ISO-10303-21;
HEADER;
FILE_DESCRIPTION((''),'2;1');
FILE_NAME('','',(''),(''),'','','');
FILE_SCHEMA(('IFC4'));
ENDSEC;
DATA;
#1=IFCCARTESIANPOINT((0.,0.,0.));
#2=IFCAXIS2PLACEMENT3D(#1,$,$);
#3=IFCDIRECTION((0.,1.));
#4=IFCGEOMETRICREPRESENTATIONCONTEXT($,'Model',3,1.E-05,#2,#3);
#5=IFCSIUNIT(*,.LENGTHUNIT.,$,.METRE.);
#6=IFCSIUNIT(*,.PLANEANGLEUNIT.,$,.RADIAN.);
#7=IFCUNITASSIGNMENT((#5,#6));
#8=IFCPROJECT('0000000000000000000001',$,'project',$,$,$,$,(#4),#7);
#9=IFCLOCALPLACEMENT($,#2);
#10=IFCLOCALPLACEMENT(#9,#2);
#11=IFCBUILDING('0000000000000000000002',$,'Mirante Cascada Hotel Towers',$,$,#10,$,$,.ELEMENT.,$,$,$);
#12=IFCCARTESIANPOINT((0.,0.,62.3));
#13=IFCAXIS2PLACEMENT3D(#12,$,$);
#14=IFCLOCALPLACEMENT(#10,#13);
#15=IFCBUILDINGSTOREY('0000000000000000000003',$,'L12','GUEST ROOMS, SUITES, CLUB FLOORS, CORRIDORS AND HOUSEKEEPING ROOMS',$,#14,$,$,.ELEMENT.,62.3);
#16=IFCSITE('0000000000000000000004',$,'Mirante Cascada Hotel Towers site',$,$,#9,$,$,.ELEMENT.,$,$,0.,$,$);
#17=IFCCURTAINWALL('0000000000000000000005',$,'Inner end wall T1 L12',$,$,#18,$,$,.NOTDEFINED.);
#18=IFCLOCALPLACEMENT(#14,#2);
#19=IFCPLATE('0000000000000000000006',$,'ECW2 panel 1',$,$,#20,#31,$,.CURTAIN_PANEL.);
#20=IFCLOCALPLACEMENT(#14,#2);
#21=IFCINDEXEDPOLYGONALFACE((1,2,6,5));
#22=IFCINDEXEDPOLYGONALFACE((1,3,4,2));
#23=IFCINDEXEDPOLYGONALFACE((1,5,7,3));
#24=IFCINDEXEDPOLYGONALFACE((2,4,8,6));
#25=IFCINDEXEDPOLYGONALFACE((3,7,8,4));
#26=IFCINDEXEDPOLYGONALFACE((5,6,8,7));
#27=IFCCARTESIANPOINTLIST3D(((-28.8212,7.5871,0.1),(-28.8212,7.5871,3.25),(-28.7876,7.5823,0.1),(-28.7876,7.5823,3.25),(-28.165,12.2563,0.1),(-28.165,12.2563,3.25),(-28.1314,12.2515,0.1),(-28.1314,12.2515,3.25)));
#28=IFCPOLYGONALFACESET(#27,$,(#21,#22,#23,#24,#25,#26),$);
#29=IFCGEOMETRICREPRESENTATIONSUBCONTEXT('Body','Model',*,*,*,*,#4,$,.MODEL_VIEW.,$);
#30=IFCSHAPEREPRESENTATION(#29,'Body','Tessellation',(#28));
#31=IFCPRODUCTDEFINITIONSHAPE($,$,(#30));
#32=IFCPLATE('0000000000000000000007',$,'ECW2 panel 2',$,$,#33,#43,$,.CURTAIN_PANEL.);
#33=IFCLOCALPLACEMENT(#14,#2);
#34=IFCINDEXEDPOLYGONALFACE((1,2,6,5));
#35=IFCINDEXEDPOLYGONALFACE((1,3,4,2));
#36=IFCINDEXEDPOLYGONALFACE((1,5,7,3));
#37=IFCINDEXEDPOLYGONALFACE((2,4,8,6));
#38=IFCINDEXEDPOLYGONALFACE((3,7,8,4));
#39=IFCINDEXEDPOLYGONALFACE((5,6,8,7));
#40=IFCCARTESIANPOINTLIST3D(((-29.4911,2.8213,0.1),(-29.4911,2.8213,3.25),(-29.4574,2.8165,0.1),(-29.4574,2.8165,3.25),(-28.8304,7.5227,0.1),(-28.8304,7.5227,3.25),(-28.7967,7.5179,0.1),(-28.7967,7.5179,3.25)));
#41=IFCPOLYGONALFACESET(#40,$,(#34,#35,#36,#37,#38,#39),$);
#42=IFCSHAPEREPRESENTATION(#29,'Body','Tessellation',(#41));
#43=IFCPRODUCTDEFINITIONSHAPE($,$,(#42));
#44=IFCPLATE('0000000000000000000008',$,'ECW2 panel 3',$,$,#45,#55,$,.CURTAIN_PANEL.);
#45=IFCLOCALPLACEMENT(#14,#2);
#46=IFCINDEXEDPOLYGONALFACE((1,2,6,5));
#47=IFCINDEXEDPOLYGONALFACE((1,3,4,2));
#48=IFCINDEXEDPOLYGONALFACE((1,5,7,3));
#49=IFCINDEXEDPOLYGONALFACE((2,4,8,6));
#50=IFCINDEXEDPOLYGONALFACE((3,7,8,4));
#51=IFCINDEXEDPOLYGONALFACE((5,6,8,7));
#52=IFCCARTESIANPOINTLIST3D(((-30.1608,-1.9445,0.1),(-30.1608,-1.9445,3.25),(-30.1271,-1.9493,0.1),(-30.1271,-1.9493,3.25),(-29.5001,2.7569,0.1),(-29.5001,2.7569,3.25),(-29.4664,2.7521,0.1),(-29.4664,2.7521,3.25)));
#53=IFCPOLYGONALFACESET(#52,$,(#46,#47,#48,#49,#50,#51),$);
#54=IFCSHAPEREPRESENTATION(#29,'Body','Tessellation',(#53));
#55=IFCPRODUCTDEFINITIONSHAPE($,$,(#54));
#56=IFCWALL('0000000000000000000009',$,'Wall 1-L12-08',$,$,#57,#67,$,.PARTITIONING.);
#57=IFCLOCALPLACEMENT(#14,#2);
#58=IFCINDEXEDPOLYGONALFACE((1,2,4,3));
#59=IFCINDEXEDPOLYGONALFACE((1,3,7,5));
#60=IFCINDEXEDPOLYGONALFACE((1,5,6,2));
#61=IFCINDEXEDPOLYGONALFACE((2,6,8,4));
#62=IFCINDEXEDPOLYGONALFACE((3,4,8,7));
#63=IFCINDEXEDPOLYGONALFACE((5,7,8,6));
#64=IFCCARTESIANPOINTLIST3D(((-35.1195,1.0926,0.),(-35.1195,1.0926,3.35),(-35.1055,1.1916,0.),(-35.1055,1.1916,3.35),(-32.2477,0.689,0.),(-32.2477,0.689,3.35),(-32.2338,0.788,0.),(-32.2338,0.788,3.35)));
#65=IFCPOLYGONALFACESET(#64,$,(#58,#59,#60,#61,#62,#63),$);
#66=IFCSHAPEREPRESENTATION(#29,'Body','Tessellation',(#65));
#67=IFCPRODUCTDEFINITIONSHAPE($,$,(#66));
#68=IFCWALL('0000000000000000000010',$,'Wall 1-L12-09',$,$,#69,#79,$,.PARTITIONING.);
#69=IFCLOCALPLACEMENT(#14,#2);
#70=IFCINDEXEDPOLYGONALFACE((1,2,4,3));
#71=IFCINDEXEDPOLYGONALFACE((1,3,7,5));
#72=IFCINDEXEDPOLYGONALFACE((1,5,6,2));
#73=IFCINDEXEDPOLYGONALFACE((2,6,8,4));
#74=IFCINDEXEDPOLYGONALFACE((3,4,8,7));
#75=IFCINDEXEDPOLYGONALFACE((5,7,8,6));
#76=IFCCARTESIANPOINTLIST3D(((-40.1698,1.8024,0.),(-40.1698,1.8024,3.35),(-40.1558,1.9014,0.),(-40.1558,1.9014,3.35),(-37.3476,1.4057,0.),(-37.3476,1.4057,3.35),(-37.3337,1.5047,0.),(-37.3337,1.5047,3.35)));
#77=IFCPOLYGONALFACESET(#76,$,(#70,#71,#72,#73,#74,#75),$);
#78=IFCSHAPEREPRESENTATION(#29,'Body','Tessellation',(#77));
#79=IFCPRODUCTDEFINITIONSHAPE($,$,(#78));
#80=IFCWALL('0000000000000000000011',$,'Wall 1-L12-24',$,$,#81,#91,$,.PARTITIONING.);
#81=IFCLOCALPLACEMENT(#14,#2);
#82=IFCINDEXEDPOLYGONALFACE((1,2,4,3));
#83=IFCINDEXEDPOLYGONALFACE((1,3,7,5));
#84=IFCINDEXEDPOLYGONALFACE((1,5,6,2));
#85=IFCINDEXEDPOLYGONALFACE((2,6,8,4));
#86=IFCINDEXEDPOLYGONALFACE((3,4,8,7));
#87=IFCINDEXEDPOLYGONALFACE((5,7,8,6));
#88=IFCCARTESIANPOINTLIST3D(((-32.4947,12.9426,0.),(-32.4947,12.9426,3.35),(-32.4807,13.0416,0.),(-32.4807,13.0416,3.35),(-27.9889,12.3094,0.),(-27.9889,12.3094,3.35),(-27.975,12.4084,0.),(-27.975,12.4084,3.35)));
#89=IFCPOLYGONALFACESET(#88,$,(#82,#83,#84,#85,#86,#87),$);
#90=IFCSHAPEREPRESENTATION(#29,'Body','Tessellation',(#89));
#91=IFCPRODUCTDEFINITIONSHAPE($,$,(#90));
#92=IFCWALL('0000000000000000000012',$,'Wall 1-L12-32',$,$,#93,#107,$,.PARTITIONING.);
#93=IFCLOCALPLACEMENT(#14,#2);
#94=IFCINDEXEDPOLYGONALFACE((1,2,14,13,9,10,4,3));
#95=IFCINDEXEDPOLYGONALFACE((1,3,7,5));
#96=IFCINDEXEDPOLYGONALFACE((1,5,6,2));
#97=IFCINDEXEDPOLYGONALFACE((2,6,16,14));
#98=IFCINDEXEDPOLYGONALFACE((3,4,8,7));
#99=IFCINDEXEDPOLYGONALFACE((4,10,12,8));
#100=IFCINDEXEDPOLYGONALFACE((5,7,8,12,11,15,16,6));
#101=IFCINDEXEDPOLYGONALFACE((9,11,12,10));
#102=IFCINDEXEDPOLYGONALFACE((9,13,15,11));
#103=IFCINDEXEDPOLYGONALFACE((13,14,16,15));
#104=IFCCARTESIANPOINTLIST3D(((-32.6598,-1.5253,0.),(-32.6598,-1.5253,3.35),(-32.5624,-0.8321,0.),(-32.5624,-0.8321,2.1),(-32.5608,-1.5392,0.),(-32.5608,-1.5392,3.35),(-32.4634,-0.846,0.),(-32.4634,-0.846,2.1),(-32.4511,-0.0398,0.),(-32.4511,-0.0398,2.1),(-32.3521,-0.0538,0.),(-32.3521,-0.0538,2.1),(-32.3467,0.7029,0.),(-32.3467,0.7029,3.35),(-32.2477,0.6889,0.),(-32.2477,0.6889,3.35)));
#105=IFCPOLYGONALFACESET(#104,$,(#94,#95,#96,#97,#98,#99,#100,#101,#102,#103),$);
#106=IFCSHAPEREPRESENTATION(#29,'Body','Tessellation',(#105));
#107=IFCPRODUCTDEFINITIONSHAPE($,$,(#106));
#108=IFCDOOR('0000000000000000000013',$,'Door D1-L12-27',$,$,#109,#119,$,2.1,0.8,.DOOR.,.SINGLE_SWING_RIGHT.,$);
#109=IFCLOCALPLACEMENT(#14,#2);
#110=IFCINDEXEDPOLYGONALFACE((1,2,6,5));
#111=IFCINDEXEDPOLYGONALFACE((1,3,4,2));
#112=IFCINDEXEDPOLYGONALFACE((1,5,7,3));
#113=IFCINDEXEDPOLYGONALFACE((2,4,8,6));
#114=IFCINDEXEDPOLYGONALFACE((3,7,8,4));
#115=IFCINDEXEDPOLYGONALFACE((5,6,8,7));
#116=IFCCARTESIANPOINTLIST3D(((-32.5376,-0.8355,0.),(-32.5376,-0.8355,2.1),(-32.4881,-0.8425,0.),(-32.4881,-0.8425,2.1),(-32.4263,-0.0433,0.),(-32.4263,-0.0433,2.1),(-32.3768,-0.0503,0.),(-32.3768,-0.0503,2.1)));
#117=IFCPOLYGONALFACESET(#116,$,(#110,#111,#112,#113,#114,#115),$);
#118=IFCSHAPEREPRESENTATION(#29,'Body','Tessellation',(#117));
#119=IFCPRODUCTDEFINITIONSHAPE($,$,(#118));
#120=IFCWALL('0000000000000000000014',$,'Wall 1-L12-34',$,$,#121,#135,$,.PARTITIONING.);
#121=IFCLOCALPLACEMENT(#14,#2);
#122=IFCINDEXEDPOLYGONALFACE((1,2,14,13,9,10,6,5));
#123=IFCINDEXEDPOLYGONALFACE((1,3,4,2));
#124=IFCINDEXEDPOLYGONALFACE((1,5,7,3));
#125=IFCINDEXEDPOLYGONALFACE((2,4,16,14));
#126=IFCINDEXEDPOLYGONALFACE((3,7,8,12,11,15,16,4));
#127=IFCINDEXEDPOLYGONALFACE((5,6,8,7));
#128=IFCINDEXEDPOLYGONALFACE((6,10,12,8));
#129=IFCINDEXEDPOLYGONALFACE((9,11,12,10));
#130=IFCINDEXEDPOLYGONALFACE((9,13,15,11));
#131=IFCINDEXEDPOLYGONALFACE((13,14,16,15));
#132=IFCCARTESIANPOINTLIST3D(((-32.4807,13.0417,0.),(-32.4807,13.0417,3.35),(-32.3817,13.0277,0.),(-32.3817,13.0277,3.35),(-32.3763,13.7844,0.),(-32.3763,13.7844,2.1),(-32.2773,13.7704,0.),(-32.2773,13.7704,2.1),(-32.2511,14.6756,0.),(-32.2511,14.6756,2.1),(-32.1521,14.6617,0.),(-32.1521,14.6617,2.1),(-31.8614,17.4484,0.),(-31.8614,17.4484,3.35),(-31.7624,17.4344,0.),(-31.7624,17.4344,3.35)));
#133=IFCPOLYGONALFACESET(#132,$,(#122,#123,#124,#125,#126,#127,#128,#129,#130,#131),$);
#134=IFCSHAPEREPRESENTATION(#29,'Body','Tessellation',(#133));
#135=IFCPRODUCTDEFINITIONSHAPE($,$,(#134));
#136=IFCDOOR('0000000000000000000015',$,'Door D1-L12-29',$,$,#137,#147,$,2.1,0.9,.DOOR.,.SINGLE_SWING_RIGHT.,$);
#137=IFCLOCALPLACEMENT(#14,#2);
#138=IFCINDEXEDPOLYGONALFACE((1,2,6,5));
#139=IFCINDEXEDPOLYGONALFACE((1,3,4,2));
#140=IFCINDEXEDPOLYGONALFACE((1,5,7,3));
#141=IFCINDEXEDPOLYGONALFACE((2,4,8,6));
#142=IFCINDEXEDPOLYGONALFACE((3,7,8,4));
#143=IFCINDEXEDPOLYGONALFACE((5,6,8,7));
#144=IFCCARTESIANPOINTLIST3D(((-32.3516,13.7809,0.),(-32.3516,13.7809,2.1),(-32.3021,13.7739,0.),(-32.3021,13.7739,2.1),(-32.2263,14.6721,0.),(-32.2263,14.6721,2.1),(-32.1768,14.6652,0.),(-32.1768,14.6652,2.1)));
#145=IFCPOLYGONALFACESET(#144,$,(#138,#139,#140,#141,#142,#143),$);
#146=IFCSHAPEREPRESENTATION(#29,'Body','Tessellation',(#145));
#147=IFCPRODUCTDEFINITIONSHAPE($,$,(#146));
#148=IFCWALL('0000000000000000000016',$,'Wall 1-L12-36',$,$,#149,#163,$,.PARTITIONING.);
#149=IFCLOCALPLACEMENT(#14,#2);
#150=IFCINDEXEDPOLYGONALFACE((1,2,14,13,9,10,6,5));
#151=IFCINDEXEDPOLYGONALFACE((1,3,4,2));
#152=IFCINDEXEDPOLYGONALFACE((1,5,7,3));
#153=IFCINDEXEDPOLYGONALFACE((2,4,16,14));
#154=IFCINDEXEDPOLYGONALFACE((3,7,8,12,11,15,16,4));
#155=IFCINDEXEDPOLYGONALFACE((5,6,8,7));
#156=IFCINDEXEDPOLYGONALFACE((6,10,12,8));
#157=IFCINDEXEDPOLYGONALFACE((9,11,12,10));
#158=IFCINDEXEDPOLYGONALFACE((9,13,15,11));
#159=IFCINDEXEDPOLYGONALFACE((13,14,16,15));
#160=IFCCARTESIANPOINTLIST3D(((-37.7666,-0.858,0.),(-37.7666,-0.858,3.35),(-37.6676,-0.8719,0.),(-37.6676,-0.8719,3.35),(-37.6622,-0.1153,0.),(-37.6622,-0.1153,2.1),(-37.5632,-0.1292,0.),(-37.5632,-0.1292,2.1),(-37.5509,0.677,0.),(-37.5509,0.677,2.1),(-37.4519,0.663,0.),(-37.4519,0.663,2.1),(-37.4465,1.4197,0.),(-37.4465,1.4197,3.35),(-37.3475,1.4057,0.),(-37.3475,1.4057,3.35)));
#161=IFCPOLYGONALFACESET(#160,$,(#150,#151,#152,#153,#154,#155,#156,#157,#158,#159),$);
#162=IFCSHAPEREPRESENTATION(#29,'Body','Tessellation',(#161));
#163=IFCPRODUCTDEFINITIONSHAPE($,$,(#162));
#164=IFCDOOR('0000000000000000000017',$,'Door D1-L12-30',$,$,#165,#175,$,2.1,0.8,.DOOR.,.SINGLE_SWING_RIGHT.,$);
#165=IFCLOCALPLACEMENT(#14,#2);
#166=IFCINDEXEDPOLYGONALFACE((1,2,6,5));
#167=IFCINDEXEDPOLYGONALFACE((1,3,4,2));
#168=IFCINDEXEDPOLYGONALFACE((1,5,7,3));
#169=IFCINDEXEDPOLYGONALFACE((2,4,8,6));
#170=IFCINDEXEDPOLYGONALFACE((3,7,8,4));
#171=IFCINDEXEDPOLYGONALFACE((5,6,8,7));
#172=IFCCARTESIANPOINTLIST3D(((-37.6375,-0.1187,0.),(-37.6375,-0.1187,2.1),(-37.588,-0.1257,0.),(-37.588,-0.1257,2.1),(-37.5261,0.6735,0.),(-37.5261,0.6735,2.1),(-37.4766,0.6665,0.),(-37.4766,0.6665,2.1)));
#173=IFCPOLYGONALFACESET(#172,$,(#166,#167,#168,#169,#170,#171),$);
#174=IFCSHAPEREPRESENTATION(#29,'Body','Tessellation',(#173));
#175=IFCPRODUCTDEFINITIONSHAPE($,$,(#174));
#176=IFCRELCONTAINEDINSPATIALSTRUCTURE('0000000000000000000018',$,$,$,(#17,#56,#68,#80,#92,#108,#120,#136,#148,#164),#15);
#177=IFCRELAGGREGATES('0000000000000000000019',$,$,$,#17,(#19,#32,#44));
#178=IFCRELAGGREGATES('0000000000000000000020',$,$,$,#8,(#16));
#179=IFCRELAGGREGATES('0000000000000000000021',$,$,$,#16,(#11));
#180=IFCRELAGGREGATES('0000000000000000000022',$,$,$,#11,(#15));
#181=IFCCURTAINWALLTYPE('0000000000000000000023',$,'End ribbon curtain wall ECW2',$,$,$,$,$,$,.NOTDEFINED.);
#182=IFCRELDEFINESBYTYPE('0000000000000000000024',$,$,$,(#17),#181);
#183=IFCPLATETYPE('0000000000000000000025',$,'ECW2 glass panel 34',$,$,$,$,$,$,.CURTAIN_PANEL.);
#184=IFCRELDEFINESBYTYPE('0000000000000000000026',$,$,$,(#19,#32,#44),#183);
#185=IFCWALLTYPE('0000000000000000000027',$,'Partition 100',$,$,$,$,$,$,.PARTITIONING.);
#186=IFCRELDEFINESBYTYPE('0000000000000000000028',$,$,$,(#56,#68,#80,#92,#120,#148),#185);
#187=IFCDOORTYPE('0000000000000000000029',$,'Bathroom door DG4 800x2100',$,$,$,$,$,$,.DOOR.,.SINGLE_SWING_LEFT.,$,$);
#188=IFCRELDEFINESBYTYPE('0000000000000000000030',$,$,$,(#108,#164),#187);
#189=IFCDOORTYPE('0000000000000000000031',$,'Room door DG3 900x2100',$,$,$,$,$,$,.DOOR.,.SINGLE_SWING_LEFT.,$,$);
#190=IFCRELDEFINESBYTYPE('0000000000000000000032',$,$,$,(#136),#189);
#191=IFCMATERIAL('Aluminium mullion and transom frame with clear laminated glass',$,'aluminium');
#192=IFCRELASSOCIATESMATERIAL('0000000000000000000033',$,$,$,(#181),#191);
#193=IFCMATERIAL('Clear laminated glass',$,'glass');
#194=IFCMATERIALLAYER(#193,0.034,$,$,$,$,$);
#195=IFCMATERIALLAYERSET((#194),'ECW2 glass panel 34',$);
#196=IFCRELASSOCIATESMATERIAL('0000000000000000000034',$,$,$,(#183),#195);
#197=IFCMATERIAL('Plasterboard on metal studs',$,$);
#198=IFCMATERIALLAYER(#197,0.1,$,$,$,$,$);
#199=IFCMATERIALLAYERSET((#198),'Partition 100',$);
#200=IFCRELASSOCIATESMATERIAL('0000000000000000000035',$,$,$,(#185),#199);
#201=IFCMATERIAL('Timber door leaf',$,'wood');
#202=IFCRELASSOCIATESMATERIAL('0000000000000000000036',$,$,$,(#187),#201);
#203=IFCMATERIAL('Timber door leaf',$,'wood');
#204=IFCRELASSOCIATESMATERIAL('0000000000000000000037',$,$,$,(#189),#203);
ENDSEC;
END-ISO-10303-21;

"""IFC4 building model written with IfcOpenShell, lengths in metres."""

from ifc_helpers import new_model, si_unit, direction, frame, frame_2d, origin, origin_2d, place, context, subcontext, project, spatial, rectangle, extrude, material, layer, layer_set, type_object, element, fill, aggregate, save


model = new_model("IFC4")

# Units and contexts
model_context = context("Model", 3, precision=1e-05, world=origin(), true_north=direction((0.0, 1.0)))
body_context = subcontext(model_context, "Body", "Model", "MODEL_VIEW")
ifc_project = project(units=[si_unit("LENGTHUNIT", "METRE"), si_unit("PLANEANGLEUNIT", "RADIAN")], contexts=[model_context])

# Site, building, storey
site_placement = place(None, origin())
site = spatial("IfcSite", under=ifc_project, at=site_placement, Name="Mirante Cascada Hotel Towers site", CompositionType="ELEMENT", RefElevation=0.0)
building_placement = place(site_placement, origin())
building = spatial("IfcBuilding", under=site, at=building_placement, Name="Mirante Cascada Hotel Towers", CompositionType="ELEMENT")
storey_placement = place(building_placement, frame((0.0, 0.0, 62.3)))
storey = spatial("IfcBuildingStorey", under=building, at=storey_placement, Name="L12", Description="GUEST ROOMS, SUITES, CLUB FLOORS, CORRIDORS AND HOUSEKEEPING ROOMS", CompositionType="ELEMENT", Elevation=62.3)

# Curtain wall
ifc_material_1 = material(Name="Aluminium mullion and transom frame with clear laminated glass", Category="aluminium")
curtain_wall_type_1 = type_object("IfcCurtainWallType", Name="End ribbon curtain wall ECW2", PredefinedType="NOTDEFINED", material=ifc_material_1)
curtain_wall_1_placement = place(storey_placement, origin())
curtain_wall_1 = element("IfcCurtainWall", 1, at=curtain_wall_1_placement, inside=storey, type_object=curtain_wall_type_1, Name="Inner end wall T1 L12", PredefinedType="NOTDEFINED")

# Plates
ifc_material_2 = material(Name="Clear laminated glass", Category="glass")
ifc_layer_1 = layer(ifc_material_2, 0.034)
ifc_layer_set_1 = layer_set([ifc_layer_1], Name="ECW2 glass panel 34")
plate_type_1 = type_object("IfcPlateType", Name="ECW2 glass panel 34", PredefinedType="CURTAIN_PANEL", material=ifc_layer_set_1)
plate_1_placement = place(storey_placement, frame((-28.4763, 9.9193, 0.1), z_axis=(0.0, 0.0, 1.0), x_axis=(-0.139173, -0.990268, 0.0)))
plate_1 = element("IfcPlate", 2, at=plate_1_placement, type_object=plate_type_1, Name="ECW2 panel 1", PredefinedType="CURTAIN_PANEL", context=body_context, shape_type="SweptSolid", body=[
    extrude(rectangle(XDim=4.7151, YDim=0.034, at=origin_2d()), origin(), (0.0, 0.0, 1.0), 3.15),
])
plate_2_placement = place(storey_placement, frame((-29.1439, 5.1696, 0.1), z_axis=(0.0, 0.0, 1.0), x_axis=(-0.139173, -0.990268, 0.0)))
plate_2 = element("IfcPlate", 3, at=plate_2_placement, type_object=plate_type_1, Name="ECW2 panel 2", PredefinedType="CURTAIN_PANEL", context=body_context, shape_type="SweptSolid", body=[
    extrude(rectangle(XDim=4.7476, YDim=0.034, at=origin_2d()), origin(), (0.0, 0.0, 1.0), 3.15),
])
plate_3_placement = place(storey_placement, frame((-29.8136, 0.4038, 0.1), z_axis=(0.0, 0.0, 1.0), x_axis=(-0.139173, -0.990268, 0.0)))
plate_3 = element("IfcPlate", 4, at=plate_3_placement, type_object=plate_type_1, Name="ECW2 panel 3", PredefinedType="CURTAIN_PANEL", context=body_context, shape_type="SweptSolid", body=[
    extrude(rectangle(XDim=4.7476, YDim=0.034, at=origin_2d()), origin(), (0.0, 0.0, 1.0), 3.15),
])
aggregate(curtain_wall_1, [plate_1, plate_2, plate_3])

# Walls
ifc_material_3 = material(Name="Plasterboard on metal studs")
ifc_layer_2 = layer(ifc_material_3, 0.1)
ifc_layer_set_2 = layer_set([ifc_layer_2], Name="Partition 100")
wall_type_1 = type_object("IfcWallType", Name="Partition 100", PredefinedType="PARTITIONING", material=ifc_layer_set_2)
wall_1_placement = place(storey_placement, frame((-35.1125, 1.1421, 0.0), z_axis=(0.0, 0.0, 1.0), x_axis=(0.990268, -0.139171, 0.0)))
element("IfcWall", 5, at=wall_1_placement, inside=storey, type_object=wall_type_1, Name="Wall 1-L12-08", PredefinedType="PARTITIONING", context=body_context, shape_type="SweptSolid", body=[
    extrude(rectangle(XDim=2.9, YDim=0.1, at=frame_2d((1.45, 0.0))), origin(), (0.0, 0.0, 1.0), 3.35),
])
wall_2_placement = place(storey_placement, frame((-37.3406, 1.4552, 0.0), z_axis=(0.0, 0.0, 1.0), x_axis=(-0.990265, 0.139196, 0.0)))
element("IfcWall", 6, at=wall_2_placement, inside=storey, type_object=wall_type_1, Name="Wall 1-L12-09", PredefinedType="PARTITIONING", context=body_context, shape_type="SweptSolid", body=[
    extrude(rectangle(XDim=2.8499, YDim=0.1, at=frame_2d((1.425, 0.0))), origin(), (0.0, 0.0, 1.0), 3.35),
])
wall_3_placement = place(storey_placement, frame((-32.4877, 12.9921, 0.0), z_axis=(0.0, 0.0, 1.0), x_axis=(0.990269, -0.139166, 0.0)))
element("IfcWall", 7, at=wall_3_placement, inside=storey, type_object=wall_type_1, Name="Wall 1-L12-24", PredefinedType="PARTITIONING", context=body_context, shape_type="SweptSolid", body=[
    extrude(rectangle(XDim=4.55, YDim=0.1, at=frame_2d((2.275, 0.0))), origin(), (0.0, 0.0, 1.0), 3.35),
])

# Walls, openings, doors
wall_4_placement = place(storey_placement, frame((-32.2972, 0.6959, 0.0), z_axis=(0.0, 0.0, 1.0), x_axis=(-0.139156, -0.990271, 0.0)))
wall_4 = element("IfcWall", 8, at=wall_4_placement, inside=storey, type_object=wall_type_1, Name="Wall 1-L12-32", PredefinedType="PARTITIONING", context=body_context, shape_type="SweptSolid", body=[
    extrude(rectangle(XDim=2.25, YDim=0.1, at=frame_2d((1.125, 0.0))), origin(), (0.0, 0.0, 1.0), 3.35),
])
opening_1_placement = place(wall_4_placement, frame((0.75, 0.0, 0.0)))
opening_1 = element("IfcOpeningElement", 9, at=opening_1_placement, cuts=wall_4, PredefinedType="OPENING", context=body_context, shape_type="SweptSolid", body=[
    extrude(rectangle(XDim=0.8, YDim=2.1, at=frame_2d((0.4, 1.05))), frame((0.0, 0.05, 0.0), z_axis=(0.0, -1.0, 0.0), x_axis=(1.0, 0.0, 0.0)), (0.0, 0.0, 1.0), 0.1),
])
ifc_material_4 = material(Name="Timber door leaf", Category="wood")
door_type_1 = type_object("IfcDoorType", Name="Bathroom door DG4 800x2100", OperationType="SINGLE_SWING_LEFT", PredefinedType="DOOR", material=ifc_material_4)
door_1_placement = place(opening_1_placement, frame((0.8, 0.0, 0.0), z_axis=(0.0, 0.0, 1.0), x_axis=(-1.0, 0.0, 0.0)))
door_1 = element("IfcDoor", 10, at=door_1_placement, inside=storey, type_object=door_type_1, Name="Door D1-L12-27", OperationType="SINGLE_SWING_RIGHT", OverallHeight=2.1, OverallWidth=0.8, PredefinedType="DOOR", context=body_context, shape_type="SweptSolid", body=[
    extrude(rectangle(XDim=0.8, YDim=2.1, at=frame_2d((0.4, 1.05))), frame((0.0, 0.025, 0.0), z_axis=(0.0, -1.0, 0.0), x_axis=(1.0, 0.0, 0.0)), (0.0, 0.0, 1.0), 0.05),
])
fill(opening_1, door_1)
wall_5_placement = place(storey_placement, frame((-31.8119, 17.4414, 0.0), z_axis=(0.0, 0.0, 1.0), x_axis=(-0.139168, -0.990269, 0.0)))
wall_5 = element("IfcWall", 11, at=wall_5_placement, inside=storey, type_object=wall_type_1, Name="Wall 1-L12-34", PredefinedType="PARTITIONING", context=body_context, shape_type="SweptSolid", body=[
    extrude(rectangle(XDim=4.45, YDim=0.1, at=frame_2d((2.225, 0.0))), origin(), (0.0, 0.0, 1.0), 3.35),
])
opening_2_placement = place(wall_5_placement, frame((2.8, 0.0, 0.0)))
opening_2 = element("IfcOpeningElement", 12, at=opening_2_placement, cuts=wall_5, PredefinedType="OPENING", context=body_context, shape_type="SweptSolid", body=[
    extrude(rectangle(XDim=0.9, YDim=2.1, at=frame_2d((0.45, 1.05))), frame((0.0, 0.05, 0.0), z_axis=(0.0, -1.0, 0.0), x_axis=(1.0, 0.0, 0.0)), (0.0, 0.0, 1.0), 0.1),
])
ifc_material_5 = material(Name="Timber door leaf", Category="wood")
door_type_2 = type_object("IfcDoorType", Name="Room door DG3 900x2100", OperationType="SINGLE_SWING_LEFT", PredefinedType="DOOR", material=ifc_material_5)
door_2_placement = place(opening_2_placement, frame((0.9, 0.0, 0.0), z_axis=(0.0, 0.0, 1.0), x_axis=(-1.0, 0.0, 0.0)))
door_2 = element("IfcDoor", 13, at=door_2_placement, inside=storey, type_object=door_type_2, Name="Door D1-L12-29", OperationType="SINGLE_SWING_RIGHT", OverallHeight=2.1, OverallWidth=0.9, PredefinedType="DOOR", context=body_context, shape_type="SweptSolid", body=[
    extrude(rectangle(XDim=0.9, YDim=2.1, at=frame_2d((0.45, 1.05))), frame((0.0, 0.025, 0.0), z_axis=(0.0, -1.0, 0.0), x_axis=(1.0, 0.0, 0.0)), (0.0, 0.0, 1.0), 0.05),
])
fill(opening_2, door_2)
wall_6_placement = place(storey_placement, frame((-37.397, 1.4127, 0.0), z_axis=(0.0, 0.0, 1.0), x_axis=(-0.139175, -0.990268, 0.0)))
wall_6 = element("IfcWall", 14, at=wall_6_placement, inside=storey, type_object=wall_type_1, Name="Wall 1-L12-36", PredefinedType="PARTITIONING", context=body_context, shape_type="SweptSolid", body=[
    extrude(rectangle(XDim=2.3, YDim=0.1, at=frame_2d((1.15, 0.0))), origin(), (0.0, 0.0, 1.0), 3.35),
])
opening_3_placement = place(wall_6_placement, frame((0.75, 0.0, 0.0)))
opening_3 = element("IfcOpeningElement", 15, at=opening_3_placement, cuts=wall_6, PredefinedType="OPENING", context=body_context, shape_type="SweptSolid", body=[
    extrude(rectangle(XDim=0.8, YDim=2.1, at=frame_2d((0.4, 1.05))), frame((0.0, 0.05, 0.0), z_axis=(0.0, -1.0, 0.0), x_axis=(1.0, 0.0, 0.0)), (0.0, 0.0, 1.0), 0.1),
])
door_3_placement = place(opening_3_placement, frame((0.8, 0.0, 0.0), z_axis=(0.0, 0.0, 1.0), x_axis=(-1.0, 0.0, 0.0)))
door_3 = element("IfcDoor", 16, at=door_3_placement, inside=storey, type_object=door_type_1, Name="Door D1-L12-30", OperationType="SINGLE_SWING_RIGHT", OverallHeight=2.1, OverallWidth=0.8, PredefinedType="DOOR", context=body_context, shape_type="SweptSolid", body=[
    extrude(rectangle(XDim=0.8, YDim=2.1, at=frame_2d((0.4, 1.05))), frame((0.0, 0.025, 0.0), z_axis=(0.0, -1.0, 0.0), x_axis=(1.0, 0.0, 0.0)), (0.0, 0.0, 1.0), 0.05),
])
fill(opening_3, door_3)

save(model, "model.ifc")
